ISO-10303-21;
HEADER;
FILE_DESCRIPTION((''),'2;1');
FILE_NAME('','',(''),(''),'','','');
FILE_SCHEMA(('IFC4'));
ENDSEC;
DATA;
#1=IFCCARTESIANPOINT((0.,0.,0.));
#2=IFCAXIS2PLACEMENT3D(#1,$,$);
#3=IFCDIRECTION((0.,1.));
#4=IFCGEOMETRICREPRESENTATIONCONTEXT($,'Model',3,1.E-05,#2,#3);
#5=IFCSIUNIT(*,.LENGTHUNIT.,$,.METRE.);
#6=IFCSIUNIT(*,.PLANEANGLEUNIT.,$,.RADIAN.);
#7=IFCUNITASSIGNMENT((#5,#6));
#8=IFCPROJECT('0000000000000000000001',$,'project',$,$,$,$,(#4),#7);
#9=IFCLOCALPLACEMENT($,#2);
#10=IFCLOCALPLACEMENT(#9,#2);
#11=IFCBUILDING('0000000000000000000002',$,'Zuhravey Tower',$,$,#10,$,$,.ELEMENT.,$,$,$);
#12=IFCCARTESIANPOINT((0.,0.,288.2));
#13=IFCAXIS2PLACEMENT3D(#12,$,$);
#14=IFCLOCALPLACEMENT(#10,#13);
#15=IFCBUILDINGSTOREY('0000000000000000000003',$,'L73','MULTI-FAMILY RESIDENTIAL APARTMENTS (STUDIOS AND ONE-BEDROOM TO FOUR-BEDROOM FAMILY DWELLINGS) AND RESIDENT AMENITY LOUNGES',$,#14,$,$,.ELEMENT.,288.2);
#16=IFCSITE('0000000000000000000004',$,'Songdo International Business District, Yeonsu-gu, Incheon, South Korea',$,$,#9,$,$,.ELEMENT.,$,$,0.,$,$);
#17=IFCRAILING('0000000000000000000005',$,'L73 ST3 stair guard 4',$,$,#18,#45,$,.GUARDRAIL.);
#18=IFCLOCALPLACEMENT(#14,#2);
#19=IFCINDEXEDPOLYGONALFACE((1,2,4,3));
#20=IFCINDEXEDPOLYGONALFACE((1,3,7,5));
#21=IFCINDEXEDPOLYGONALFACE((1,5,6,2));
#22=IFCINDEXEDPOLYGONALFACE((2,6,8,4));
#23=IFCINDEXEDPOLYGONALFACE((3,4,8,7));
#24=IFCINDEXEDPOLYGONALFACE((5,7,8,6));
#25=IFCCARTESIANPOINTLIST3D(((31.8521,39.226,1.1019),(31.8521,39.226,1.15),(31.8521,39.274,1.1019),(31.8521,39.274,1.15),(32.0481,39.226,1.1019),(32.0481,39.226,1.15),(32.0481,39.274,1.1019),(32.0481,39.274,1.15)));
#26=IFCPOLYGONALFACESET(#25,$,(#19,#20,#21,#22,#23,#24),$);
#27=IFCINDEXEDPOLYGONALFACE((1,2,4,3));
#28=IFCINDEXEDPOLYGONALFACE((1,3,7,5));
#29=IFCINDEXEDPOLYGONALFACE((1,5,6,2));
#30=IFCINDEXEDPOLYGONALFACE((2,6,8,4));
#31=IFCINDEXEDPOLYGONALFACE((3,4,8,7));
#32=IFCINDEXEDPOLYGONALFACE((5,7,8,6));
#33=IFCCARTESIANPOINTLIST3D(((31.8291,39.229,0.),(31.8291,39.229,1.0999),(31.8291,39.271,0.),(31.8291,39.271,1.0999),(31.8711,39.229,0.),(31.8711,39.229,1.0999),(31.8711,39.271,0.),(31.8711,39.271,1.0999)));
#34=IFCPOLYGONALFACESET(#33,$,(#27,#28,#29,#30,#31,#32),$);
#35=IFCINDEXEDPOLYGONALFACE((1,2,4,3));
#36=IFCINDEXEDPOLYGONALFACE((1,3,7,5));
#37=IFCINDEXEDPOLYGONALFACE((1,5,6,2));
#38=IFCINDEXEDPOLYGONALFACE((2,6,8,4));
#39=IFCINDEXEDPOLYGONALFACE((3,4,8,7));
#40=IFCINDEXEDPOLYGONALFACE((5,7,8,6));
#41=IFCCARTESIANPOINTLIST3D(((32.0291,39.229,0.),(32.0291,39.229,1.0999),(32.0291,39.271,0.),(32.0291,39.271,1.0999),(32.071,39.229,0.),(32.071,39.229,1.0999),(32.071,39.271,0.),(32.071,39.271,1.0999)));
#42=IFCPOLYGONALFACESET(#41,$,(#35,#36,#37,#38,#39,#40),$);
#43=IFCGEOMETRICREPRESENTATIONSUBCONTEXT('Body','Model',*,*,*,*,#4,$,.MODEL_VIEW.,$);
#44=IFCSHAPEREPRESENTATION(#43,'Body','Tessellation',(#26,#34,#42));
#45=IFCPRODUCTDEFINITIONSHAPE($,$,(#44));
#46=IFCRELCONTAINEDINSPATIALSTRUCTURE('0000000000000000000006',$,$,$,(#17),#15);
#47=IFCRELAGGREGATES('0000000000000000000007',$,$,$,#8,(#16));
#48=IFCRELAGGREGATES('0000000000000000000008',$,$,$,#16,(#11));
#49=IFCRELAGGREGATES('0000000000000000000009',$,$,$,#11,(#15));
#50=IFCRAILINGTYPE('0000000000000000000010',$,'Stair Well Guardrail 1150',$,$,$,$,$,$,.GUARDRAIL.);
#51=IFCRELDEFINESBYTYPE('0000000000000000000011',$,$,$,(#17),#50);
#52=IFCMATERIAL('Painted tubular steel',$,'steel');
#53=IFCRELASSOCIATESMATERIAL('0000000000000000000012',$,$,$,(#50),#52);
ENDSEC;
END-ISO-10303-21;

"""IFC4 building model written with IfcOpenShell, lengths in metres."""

from ifc_helpers import new_model, si_unit, direction, frame, origin, origin_2d, place, context, subcontext, project, spatial, rectangle, extrude, material, type_object, element, save


model = new_model("IFC4")

# Units and contexts
model_context = context("Model", 3, precision=1e-05, world=origin(), true_north=direction((0.0, 1.0)))
body_context = subcontext(model_context, "Body", "Model", "MODEL_VIEW")
ifc_project = project(units=[si_unit("LENGTHUNIT", "METRE"), si_unit("PLANEANGLEUNIT", "RADIAN")], contexts=[model_context])

# Site, building, storey
site_placement = place(None, origin())
site = spatial("IfcSite", under=ifc_project, at=site_placement, Name="Songdo International Business District, Yeonsu-gu, Incheon, South Korea", CompositionType="ELEMENT", RefElevation=0.0)
building_placement = place(site_placement, origin())
building = spatial("IfcBuilding", under=site, at=building_placement, Name="Zuhravey Tower", CompositionType="ELEMENT")
storey_placement = place(building_placement, frame((0.0, 0.0, 288.2)))
storey = spatial("IfcBuildingStorey", under=building, at=storey_placement, Name="L73", Description="MULTI-FAMILY RESIDENTIAL APARTMENTS (STUDIOS AND ONE-BEDROOM TO FOUR-BEDROOM FAMILY DWELLINGS) AND RESIDENT AMENITY LOUNGES", CompositionType="ELEMENT", Elevation=288.2)

# Railing
ifc_material_1 = material(Name="Painted tubular steel", Category="steel")
railing_type_1 = type_object("IfcRailingType", Name="Stair Well Guardrail 1150", PredefinedType="GUARDRAIL", material=ifc_material_1)
railing_1_placement = place(storey_placement, frame((31.8501, 39.25, 0.0)))
element("IfcRailing", 1, at=railing_1_placement, inside=storey, type_object=railing_type_1, Name="L73 ST3 stair guard 4", PredefinedType="GUARDRAIL", context=body_context, shape_type="SweptSolid", body=[
    extrude(rectangle(XDim=0.0481, YDim=0.0481, at=origin_2d()), frame((0.002, 0.0, 1.126), z_axis=(1.0, 0.0, 0.0), x_axis=(0.0, 1.0, 0.0)), (0.0, 0.0, 1.0), 0.196),
    extrude(rectangle(XDim=0.042, YDim=0.042, at=origin_2d()), origin(), (0.0, 0.0, 1.0), 1.0999),
    extrude(rectangle(XDim=0.042, YDim=0.042, at=origin_2d()), frame((0.2, 0.0, 0.0)), (0.0, 0.0, 1.0), 1.0999),
])

save(model, "model.ifc")
